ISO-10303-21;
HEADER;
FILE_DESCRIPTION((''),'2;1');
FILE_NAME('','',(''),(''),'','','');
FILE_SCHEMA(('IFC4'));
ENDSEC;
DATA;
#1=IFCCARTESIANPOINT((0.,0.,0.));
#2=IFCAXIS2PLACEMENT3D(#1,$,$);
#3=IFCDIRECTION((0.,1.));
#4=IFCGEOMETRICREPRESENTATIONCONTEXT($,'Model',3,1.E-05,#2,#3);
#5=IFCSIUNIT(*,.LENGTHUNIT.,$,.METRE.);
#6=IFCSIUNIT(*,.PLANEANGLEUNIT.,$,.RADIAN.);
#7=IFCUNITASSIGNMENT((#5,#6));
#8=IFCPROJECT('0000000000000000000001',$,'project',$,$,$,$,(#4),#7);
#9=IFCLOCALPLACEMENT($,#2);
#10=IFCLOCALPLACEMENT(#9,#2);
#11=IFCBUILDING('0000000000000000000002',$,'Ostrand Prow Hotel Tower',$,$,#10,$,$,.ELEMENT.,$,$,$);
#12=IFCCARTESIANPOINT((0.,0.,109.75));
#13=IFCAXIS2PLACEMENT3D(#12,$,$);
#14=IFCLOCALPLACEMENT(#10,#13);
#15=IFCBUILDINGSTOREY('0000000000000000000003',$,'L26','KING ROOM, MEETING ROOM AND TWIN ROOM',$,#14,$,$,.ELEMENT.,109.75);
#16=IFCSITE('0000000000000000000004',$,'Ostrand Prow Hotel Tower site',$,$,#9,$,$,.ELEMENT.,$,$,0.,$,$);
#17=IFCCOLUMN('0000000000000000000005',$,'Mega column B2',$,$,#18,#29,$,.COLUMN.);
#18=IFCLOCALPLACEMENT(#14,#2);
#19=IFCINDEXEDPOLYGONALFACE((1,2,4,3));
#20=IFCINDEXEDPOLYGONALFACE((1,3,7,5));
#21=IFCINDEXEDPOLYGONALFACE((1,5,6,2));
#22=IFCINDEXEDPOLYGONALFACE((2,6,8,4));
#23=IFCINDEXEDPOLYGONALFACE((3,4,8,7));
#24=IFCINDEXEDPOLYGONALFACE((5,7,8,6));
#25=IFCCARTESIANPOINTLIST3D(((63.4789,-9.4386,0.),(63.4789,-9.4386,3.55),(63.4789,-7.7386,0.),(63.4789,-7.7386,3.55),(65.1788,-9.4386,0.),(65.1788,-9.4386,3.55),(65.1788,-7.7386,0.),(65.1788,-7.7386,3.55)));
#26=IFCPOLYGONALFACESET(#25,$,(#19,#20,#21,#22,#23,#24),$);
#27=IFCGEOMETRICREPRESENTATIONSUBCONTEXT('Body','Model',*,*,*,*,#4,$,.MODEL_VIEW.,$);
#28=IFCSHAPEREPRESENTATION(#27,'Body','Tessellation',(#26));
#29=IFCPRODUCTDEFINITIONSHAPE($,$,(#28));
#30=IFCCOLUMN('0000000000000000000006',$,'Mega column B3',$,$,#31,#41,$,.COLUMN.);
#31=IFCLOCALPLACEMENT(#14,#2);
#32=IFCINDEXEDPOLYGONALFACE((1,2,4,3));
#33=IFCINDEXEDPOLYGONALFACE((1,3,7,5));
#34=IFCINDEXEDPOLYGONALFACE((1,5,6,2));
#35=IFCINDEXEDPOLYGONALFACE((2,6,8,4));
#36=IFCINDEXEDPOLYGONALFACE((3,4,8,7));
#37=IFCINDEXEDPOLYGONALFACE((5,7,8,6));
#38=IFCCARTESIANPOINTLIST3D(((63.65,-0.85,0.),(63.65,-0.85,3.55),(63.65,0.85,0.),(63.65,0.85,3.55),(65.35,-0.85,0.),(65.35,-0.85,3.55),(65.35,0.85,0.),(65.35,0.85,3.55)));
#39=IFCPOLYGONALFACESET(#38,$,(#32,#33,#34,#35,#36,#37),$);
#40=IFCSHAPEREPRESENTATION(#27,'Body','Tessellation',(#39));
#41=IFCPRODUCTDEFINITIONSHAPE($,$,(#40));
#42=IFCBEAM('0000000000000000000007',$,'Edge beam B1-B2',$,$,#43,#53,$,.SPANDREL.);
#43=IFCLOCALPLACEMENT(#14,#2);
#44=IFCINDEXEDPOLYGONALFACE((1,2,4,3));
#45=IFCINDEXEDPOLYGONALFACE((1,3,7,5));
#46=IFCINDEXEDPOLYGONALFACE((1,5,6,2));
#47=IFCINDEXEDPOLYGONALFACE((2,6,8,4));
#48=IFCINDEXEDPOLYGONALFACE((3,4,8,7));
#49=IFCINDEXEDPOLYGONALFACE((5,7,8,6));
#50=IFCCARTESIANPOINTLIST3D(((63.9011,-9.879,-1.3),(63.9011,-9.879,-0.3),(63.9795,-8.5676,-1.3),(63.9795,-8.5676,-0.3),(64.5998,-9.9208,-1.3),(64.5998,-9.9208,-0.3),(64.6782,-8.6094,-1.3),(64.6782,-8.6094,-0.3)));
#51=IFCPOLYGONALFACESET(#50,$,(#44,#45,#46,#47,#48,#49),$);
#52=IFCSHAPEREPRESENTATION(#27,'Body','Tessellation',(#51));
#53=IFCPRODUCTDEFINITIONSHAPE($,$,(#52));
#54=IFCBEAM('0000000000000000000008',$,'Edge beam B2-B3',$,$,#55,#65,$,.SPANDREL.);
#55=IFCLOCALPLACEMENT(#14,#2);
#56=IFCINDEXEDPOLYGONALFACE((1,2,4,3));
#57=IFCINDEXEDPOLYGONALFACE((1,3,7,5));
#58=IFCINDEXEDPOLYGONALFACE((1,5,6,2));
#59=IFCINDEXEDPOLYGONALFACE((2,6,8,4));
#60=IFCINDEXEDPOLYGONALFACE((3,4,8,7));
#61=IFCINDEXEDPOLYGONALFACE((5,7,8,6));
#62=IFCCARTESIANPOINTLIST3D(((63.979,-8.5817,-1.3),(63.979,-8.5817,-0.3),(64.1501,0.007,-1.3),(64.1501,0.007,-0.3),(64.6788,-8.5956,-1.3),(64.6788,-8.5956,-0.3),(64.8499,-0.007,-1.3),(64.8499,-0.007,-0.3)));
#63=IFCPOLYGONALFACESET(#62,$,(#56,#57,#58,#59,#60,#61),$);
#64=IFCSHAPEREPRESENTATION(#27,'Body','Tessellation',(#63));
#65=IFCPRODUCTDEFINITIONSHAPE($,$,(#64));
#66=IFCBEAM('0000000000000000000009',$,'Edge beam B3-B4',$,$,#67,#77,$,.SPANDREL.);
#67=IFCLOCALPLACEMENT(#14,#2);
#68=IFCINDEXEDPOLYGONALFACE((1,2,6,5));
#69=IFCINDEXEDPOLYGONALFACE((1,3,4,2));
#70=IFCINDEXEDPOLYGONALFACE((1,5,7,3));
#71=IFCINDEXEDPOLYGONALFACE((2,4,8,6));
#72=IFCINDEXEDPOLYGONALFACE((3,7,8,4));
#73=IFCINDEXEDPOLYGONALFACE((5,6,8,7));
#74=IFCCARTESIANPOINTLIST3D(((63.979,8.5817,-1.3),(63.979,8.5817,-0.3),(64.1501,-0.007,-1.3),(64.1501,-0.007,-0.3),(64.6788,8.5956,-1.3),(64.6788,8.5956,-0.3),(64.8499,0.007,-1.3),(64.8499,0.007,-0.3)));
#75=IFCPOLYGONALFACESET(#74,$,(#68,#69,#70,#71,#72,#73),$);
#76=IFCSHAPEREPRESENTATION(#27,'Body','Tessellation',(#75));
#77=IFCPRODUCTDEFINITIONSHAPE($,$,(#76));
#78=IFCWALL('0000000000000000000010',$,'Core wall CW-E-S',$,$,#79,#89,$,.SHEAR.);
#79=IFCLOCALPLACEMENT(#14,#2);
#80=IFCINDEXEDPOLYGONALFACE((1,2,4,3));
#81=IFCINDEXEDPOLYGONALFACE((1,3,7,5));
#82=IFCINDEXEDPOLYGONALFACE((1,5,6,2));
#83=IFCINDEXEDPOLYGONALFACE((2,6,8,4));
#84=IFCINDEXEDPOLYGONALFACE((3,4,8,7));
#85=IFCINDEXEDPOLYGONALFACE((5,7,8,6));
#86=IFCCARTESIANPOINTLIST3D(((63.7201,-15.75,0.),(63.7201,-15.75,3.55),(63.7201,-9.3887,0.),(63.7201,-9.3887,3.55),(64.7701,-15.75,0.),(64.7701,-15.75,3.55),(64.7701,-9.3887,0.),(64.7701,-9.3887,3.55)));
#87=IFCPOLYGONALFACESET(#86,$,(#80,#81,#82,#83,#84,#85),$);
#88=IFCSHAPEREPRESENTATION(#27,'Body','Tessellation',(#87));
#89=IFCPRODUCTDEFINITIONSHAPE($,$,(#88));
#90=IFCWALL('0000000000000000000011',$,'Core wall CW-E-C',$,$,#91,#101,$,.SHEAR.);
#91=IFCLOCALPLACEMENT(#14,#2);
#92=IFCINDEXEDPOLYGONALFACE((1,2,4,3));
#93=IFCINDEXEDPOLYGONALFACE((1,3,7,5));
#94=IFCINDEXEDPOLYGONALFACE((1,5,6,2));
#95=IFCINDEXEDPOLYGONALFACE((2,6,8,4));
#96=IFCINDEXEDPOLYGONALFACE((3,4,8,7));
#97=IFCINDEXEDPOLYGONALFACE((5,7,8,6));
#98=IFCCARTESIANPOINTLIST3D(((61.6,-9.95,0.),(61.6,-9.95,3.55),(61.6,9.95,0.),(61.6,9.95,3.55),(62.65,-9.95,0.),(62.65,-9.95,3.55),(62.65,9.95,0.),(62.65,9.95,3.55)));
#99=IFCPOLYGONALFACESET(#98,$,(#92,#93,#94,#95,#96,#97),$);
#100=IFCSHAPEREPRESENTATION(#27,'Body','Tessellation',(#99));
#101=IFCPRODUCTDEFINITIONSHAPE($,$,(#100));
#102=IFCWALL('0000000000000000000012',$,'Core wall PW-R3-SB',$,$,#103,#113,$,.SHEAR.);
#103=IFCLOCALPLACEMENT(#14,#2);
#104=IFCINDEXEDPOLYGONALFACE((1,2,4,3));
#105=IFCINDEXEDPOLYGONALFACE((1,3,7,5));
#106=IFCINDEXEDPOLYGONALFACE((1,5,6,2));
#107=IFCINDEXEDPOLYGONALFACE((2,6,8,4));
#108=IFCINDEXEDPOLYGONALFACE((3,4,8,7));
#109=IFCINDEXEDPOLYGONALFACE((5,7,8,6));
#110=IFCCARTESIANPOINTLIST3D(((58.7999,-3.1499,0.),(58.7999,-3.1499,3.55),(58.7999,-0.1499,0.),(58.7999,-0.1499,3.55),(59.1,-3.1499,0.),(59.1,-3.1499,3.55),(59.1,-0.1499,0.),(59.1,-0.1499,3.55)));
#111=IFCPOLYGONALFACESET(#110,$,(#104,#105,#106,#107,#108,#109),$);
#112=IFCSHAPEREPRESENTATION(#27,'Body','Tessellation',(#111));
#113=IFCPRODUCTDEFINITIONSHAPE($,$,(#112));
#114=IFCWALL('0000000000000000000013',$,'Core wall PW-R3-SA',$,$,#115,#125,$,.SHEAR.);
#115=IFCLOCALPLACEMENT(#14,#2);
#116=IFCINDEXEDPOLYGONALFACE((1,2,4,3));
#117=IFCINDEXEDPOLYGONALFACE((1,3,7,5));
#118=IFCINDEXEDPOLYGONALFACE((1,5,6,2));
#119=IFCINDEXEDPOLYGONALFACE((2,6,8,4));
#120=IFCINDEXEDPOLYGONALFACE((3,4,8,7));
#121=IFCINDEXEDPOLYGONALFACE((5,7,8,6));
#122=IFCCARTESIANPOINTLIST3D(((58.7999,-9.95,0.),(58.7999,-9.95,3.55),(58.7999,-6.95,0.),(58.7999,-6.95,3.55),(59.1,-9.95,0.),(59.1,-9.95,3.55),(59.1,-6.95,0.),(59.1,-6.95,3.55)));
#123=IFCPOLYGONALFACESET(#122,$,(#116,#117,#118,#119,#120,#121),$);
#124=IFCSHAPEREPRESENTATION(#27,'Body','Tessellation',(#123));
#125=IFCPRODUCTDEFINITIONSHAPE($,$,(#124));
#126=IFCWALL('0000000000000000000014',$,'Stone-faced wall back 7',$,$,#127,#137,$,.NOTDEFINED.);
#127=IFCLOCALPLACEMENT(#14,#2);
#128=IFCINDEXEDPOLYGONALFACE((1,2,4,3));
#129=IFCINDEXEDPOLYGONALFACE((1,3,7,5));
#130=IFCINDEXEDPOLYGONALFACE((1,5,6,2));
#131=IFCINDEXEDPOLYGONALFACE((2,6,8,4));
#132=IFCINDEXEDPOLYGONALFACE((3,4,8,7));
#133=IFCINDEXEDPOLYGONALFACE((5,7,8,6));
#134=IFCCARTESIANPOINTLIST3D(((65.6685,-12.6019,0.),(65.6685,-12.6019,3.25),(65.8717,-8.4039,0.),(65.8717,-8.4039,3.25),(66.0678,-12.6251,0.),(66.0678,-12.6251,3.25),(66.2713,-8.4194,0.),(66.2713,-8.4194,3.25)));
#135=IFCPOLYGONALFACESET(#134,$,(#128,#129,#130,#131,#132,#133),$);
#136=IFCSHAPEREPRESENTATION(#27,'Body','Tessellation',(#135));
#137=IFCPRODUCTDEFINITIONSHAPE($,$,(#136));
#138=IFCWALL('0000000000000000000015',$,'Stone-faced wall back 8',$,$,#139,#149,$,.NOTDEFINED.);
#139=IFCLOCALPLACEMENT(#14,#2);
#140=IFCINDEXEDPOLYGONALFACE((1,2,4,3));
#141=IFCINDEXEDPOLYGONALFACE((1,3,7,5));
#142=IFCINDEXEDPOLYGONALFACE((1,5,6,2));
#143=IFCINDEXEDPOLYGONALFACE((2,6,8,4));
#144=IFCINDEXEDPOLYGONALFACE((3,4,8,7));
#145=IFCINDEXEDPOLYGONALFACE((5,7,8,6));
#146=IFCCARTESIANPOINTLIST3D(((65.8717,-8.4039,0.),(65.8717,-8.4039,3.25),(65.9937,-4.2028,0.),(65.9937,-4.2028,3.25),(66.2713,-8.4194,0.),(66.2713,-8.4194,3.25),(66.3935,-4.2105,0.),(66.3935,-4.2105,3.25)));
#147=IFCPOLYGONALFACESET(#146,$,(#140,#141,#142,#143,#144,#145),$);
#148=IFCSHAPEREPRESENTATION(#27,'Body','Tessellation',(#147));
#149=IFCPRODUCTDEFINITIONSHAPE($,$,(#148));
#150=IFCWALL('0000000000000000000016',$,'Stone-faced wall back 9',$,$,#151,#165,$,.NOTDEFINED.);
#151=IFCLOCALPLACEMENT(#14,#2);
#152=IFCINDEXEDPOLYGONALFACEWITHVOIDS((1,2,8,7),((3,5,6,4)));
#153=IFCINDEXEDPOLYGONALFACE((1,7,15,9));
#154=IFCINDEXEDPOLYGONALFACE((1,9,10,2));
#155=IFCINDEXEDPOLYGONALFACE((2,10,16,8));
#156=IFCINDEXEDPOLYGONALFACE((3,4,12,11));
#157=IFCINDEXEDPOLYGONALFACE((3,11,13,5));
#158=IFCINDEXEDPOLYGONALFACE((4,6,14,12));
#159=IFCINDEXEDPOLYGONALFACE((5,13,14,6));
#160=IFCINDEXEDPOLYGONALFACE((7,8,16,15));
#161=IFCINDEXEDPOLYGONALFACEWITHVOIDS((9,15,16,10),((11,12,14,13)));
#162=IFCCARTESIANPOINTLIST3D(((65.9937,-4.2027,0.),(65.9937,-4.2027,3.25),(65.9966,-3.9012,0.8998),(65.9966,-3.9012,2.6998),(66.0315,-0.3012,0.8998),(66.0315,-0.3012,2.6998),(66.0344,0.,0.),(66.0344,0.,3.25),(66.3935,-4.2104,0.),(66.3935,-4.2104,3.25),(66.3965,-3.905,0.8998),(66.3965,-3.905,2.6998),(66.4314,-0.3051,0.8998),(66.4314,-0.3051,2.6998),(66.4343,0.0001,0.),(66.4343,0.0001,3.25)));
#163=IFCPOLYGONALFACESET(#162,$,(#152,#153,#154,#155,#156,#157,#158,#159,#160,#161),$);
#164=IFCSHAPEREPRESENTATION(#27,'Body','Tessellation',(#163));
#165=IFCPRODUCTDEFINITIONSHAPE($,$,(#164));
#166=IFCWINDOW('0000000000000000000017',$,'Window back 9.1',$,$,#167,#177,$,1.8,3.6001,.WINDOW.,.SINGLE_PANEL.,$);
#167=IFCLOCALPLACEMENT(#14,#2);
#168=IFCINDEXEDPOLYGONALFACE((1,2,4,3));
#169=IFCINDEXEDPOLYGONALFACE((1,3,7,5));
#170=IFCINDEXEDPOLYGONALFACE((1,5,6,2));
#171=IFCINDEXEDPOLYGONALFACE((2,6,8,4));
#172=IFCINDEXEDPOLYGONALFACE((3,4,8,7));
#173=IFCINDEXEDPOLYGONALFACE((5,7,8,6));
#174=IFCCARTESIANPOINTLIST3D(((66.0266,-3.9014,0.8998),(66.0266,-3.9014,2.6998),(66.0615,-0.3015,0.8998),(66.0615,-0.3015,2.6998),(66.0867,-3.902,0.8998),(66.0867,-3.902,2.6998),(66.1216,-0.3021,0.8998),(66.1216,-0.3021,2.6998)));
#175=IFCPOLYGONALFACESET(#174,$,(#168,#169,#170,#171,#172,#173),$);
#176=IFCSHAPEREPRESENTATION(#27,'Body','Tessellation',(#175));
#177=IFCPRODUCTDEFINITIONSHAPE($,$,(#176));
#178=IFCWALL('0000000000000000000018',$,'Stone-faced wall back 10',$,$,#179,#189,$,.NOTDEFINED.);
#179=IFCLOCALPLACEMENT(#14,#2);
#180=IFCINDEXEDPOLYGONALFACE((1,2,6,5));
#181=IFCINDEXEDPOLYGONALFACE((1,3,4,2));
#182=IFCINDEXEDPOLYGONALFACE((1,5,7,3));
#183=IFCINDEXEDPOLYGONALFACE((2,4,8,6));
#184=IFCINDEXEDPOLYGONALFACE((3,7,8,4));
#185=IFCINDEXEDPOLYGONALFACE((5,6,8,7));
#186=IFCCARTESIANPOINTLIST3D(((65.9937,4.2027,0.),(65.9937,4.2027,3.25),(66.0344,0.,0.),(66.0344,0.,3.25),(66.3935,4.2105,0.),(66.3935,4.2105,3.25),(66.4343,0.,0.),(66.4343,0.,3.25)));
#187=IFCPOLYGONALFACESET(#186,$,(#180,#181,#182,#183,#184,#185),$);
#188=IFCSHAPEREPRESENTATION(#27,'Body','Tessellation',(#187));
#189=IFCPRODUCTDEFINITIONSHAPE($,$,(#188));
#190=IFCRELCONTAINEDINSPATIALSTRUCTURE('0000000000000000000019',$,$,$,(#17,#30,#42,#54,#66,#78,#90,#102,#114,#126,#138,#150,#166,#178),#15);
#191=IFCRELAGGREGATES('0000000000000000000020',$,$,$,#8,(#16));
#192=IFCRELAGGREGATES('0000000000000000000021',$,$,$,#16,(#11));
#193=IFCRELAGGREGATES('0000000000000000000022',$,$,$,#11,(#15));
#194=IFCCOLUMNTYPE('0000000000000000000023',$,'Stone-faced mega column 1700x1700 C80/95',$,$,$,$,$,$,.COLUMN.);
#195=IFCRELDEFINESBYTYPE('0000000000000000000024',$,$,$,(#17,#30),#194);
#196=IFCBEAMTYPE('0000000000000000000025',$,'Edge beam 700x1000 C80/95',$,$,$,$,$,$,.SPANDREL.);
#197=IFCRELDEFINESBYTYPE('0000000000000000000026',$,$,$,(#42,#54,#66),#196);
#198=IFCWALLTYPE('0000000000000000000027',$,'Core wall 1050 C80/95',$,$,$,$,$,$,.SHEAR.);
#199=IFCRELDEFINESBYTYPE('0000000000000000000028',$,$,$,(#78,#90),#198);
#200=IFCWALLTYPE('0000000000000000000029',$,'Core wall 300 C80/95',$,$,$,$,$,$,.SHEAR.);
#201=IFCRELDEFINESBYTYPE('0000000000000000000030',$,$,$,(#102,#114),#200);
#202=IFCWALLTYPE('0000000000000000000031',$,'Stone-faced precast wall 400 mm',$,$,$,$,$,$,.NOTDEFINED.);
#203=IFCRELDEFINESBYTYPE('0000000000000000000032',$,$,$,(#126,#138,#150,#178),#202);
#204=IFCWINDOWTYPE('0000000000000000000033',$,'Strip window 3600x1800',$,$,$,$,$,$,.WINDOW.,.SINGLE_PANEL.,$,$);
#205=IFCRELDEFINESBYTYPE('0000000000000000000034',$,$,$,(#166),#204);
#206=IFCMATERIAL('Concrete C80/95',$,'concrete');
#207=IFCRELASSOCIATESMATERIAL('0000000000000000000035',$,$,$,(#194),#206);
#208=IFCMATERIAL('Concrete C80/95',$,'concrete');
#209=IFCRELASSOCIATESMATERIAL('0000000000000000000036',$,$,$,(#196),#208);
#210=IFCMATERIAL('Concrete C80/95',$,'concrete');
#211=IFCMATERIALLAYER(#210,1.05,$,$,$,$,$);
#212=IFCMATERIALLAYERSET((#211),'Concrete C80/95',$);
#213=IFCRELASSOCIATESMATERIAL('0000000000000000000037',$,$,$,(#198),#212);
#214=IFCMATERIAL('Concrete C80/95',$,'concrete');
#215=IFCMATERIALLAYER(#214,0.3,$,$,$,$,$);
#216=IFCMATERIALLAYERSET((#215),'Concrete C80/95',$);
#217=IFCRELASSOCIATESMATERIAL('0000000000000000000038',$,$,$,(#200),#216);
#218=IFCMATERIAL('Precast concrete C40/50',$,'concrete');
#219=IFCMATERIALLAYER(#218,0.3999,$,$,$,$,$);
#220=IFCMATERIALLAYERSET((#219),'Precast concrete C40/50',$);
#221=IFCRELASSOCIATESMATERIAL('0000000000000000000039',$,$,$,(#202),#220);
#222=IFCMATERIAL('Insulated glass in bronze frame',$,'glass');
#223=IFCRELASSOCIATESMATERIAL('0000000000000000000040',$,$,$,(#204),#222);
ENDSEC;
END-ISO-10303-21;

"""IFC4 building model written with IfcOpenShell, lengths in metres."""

from ifc_helpers import new_model, si_unit, direction, frame, frame_2d, origin, origin_2d, place, context, subcontext, project, spatial, polyline, rectangle, outline, extrude, material, layer, layer_set, material_profile, profile_set, type_object, element, fill, save


model = new_model("IFC4")

# Units and contexts
model_context = context("Model", 3, precision=1e-05, world=origin(), true_north=direction((0.0, 1.0)))
body_context = subcontext(model_context, "Body", "Model", "MODEL_VIEW")
ifc_project = project(units=[si_unit("LENGTHUNIT", "METRE"), si_unit("PLANEANGLEUNIT", "RADIAN")], contexts=[model_context])

# Site, building, storey
site_placement = place(None, origin())
site = spatial("IfcSite", under=ifc_project, at=site_placement, Name="Ostrand Prow Hotel Tower site", CompositionType="ELEMENT", RefElevation=0.0)
building_placement = place(site_placement, origin())
building = spatial("IfcBuilding", under=site, at=building_placement, Name="Ostrand Prow Hotel Tower", CompositionType="ELEMENT")
storey_placement = place(building_placement, frame((0.0, 0.0, 109.75)))
storey = spatial("IfcBuildingStorey", under=building, at=storey_placement, Name="L26", Description="KING ROOM, MEETING ROOM AND TWIN ROOM", CompositionType="ELEMENT", Elevation=109.75)

# Columns
ifc_material_1 = material(Name="Concrete C80/95", Category="concrete")
ifc_material_profile_1 = material_profile(ifc_material_1, rectangle(XDim=1.7, YDim=1.7, at=origin_2d()), Name="RC 1700x1700")
ifc_profile_set_1 = profile_set([ifc_material_profile_1], Name="Concrete C80/95")
column_type = type_object("IfcColumnType", Name="Stone-faced mega column 1700x1700 C80/95", PredefinedType="COLUMN", material=ifc_profile_set_1)
for number, where, z_axis, x_axis, name in (
    (1, (64.3289, -8.5886, 0.0), (0.0, 0.0, 1.0), (1.0, 0.0, 0.0), "Mega column B2"),
    (2, (64.5, 0.0, 0.0), (0.0, 0.0, 1.0), (1.0, 0.0, 0.0), "Mega column B3"),
):
    element("IfcColumn", number, at=place(storey_placement, frame(where, z_axis=z_axis, x_axis=x_axis)), inside=storey, type_object=column_type, Name=name, PredefinedType="COLUMN", context=body_context, shape_type="SweptSolid", body=[
        extrude(rectangle(XDim=1.7, YDim=1.7, at=origin_2d()), origin(), (0.0, 0.0, 1.0), 3.55),
    ])

# Beams
ifc_material_2 = material(Name="Concrete C80/95", Category="concrete")
ifc_material_profile_2 = material_profile(ifc_material_2, rectangle(XDim=0.7, YDim=1.0, at=origin_2d()), Name="RC 700x1000")
ifc_profile_set_2 = profile_set([ifc_material_profile_2], Name="Concrete C80/95")
beam_type = type_object("IfcBeamType", Name="Edge beam 700x1000 C80/95", PredefinedType="SPANDREL", material=ifc_profile_set_2)
beam_placement = place(storey_placement, frame((64.2505, -9.8999, -0.8), z_axis=(0.059659, 0.998219, 0.0), x_axis=(-0.998219, 0.059659, 0.0)))
element("IfcBeam", 3, at=beam_placement, inside=storey, type_object=beam_type, Name="Edge beam B1-B2", PredefinedType="SPANDREL", context=body_context, shape_type="SweptSolid", body=[
    extrude(rectangle(XDim=0.7, YDim=1.0, at=origin_2d()), origin(), (0.0, 0.0, 1.0), 1.3137),
])
for number, where, z_axis, x_axis, name in (
    (4, (64.3289, -8.5886, -0.8), (0.019923, 0.999802, 0.0), (-0.999802, 0.019923, 0.0), "Edge beam B2-B3"),
    (5, (64.5, 0.0, -0.8), (-0.019923, 0.999802, 0.0), (-0.999802, -0.019923, 0.0), "Edge beam B3-B4"),
):
    element("IfcBeam", number, at=place(storey_placement, frame(where, z_axis=z_axis, x_axis=x_axis)), inside=storey, type_object=beam_type, Name=name, PredefinedType="SPANDREL", context=body_context, shape_type="SweptSolid", body=[
        extrude(rectangle(XDim=0.7, YDim=1.0, at=origin_2d()), origin(), (0.0, 0.0, 1.0), 8.5903),
    ])

# Walls
ifc_material_3 = material(Name="Concrete C80/95", Category="concrete")
ifc_layer_1 = layer(ifc_material_3, 1.05)
ifc_layer_set_1 = layer_set([ifc_layer_1], Name="Concrete C80/95")
wall_type_1 = type_object("IfcWallType", Name="Core wall 1050 C80/95", PredefinedType="SHEAR", material=ifc_layer_set_1)
wall_1_placement = place(storey_placement, frame((64.2451, -15.75, 0.0), z_axis=(0.0, 0.0, 1.0), x_axis=(0.0, 1.0, 0.0)))
element("IfcWall", 6, at=wall_1_placement, inside=storey, type_object=wall_type_1, Name="Core wall CW-E-S", PredefinedType="SHEAR", context=body_context, shape_type="SweptSolid", body=[
    extrude(rectangle(XDim=6.3613, YDim=1.05, at=frame_2d((3.1807, 0.0))), origin(), (0.0, 0.0, 1.0), 3.55),
])
wall_2_placement = place(storey_placement, frame((62.125, -9.95, 0.0), z_axis=(0.0, 0.0, 1.0), x_axis=(0.0, 1.0, 0.0)))
element("IfcWall", 7, at=wall_2_placement, inside=storey, type_object=wall_type_1, Name="Core wall CW-E-C", PredefinedType="SHEAR", context=body_context, shape_type="SweptSolid", body=[
    extrude(rectangle(XDim=19.8999, YDim=1.05, at=frame_2d((9.95, 0.0))), origin(), (0.0, 0.0, 1.0), 3.55),
])
ifc_material_4 = material(Name="Concrete C80/95", Category="concrete")
ifc_layer_2 = layer(ifc_material_4, 0.3)
ifc_layer_set_2 = layer_set([ifc_layer_2], Name="Concrete C80/95")
wall_type_2 = type_object("IfcWallType", Name="Core wall 300 C80/95", PredefinedType="SHEAR", material=ifc_layer_set_2)
for number, where, z_axis, x_axis, name in (
    (8, (58.95, -3.1499, 0.0), (0.0, 0.0, 1.0), (0.0, 1.0, 0.0), "Core wall PW-R3-SB"),
    (9, (58.95, -9.95, 0.0), (0.0, 0.0, 1.0), (0.0, 1.0, 0.0), "Core wall PW-R3-SA"),
):
    element("IfcWall", number, at=place(storey_placement, frame(where, z_axis=z_axis, x_axis=x_axis)), inside=storey, type_object=wall_type_2, Name=name, PredefinedType="SHEAR", context=body_context, shape_type="SweptSolid", body=[
        extrude(rectangle(XDim=3.0, YDim=0.3, at=frame_2d((1.5, 0.0))), origin(), (0.0, 0.0, 1.0), 3.55),
    ])
ifc_material_5 = material(Name="Precast concrete C40/50", Category="concrete")
ifc_layer_3 = layer(ifc_material_5, 0.3999)
ifc_layer_set_3 = layer_set([ifc_layer_3], Name="Precast concrete C40/50")
wall_type_3 = type_object("IfcWallType", Name="Stone-faced precast wall 400 mm", PredefinedType="NOTDEFINED", material=ifc_layer_set_3)
for number, where, z_axis, x_axis, name in (
    (10, (65.8682, -12.6135, 0.0), (0.0, 0.0, 1.0), (0.048343, 0.998831, 0.0), "Stone-faced wall back 7"),
    (11, (66.0715, -8.4116, 0.0), (0.0, 0.0, 1.0), (0.029017, 0.999579, 0.0), "Stone-faced wall back 8"),
):
    element("IfcWall", number, at=place(storey_placement, frame(where, z_axis=z_axis, x_axis=x_axis)), inside=storey, type_object=wall_type_3, Name=name, PredefinedType="NOTDEFINED", context=body_context, shape_type="SweptSolid", body=[
        extrude(outline(polyline([(-0.002, -0.2), (4.2087, -0.2), (4.2048, 0.2), (0.002, 0.2), (-0.002, -0.2)])), origin(), (0.0, 0.0, 1.0), 3.25),
    ])

# Wall, opening, window
wall_3_placement = place(storey_placement, frame((66.1936, -4.2065, 0.0), z_axis=(0.0, 0.0, 1.0), x_axis=(0.009692, 0.999953, 0.0)))
wall_3 = element("IfcWall", 12, at=wall_3_placement, inside=storey, type_object=wall_type_3, Name="Stone-faced wall back 9", PredefinedType="NOTDEFINED", context=body_context, shape_type="SweptSolid", body=[
    extrude(outline(polyline([(-0.002, -0.2), (4.2087, -0.2), (4.2048, 0.2), (0.002, 0.2), (-0.002, -0.2)])), origin(), (0.0, 0.0, 1.0), 3.25),
])
opening_placement = place(wall_3_placement, frame((0.3035, 0.0, 0.8999)))
opening = element("IfcOpeningElement", 13, at=opening_placement, cuts=wall_3, PredefinedType="OPENING", context=body_context, shape_type="SweptSolid", body=[
    extrude(rectangle(XDim=3.6001, YDim=1.8, at=frame_2d((1.8, 0.8999))), frame((0.0, 0.21, 0.0), z_axis=(0.0, -1.0, 0.0), x_axis=(1.0, 0.0, 0.0)), (0.0, 0.0, 1.0), 0.4199),
])
ifc_material_6 = material(Name="Insulated glass in bronze frame", Category="glass")
window_type = type_object("IfcWindowType", Name="Strip window 3600x1800", PartitioningType="SINGLE_PANEL", PredefinedType="WINDOW", material=ifc_material_6)
window_placement = place(opening_placement, origin())
window = element("IfcWindow", 14, at=window_placement, inside=storey, type_object=window_type, Name="Window back 9.1", OverallHeight=1.8, OverallWidth=3.6001, PartitioningType="SINGLE_PANEL", PredefinedType="WINDOW", context=body_context, shape_type="SweptSolid", body=[
    extrude(rectangle(XDim=3.6001, YDim=1.8, at=frame_2d((1.8, 0.8999))), frame((0.0, 0.1699, 0.0), z_axis=(0.0, -1.0, 0.0), x_axis=(1.0, 0.0, 0.0)), (0.0, 0.0, 1.0), 0.0601),
])
fill(opening, window)

# Wall
wall_4_placement = place(storey_placement, frame((66.2344, 0.0, 0.0), z_axis=(0.0, 0.0, 1.0), x_axis=(-0.009692, 0.999953, 0.0)))
element("IfcWall", 15, at=wall_4_placement, inside=storey, type_object=wall_type_3, Name="Stone-faced wall back 10", PredefinedType="NOTDEFINED", context=body_context, shape_type="SweptSolid", body=[
    extrude(outline(polyline([(-0.002, -0.2), (4.2087, -0.2), (4.2048, 0.2), (0.002, 0.2), (-0.002, -0.2)])), origin(), (0.0, 0.0, 1.0), 3.25),
])

save(model, "model.ifc")
